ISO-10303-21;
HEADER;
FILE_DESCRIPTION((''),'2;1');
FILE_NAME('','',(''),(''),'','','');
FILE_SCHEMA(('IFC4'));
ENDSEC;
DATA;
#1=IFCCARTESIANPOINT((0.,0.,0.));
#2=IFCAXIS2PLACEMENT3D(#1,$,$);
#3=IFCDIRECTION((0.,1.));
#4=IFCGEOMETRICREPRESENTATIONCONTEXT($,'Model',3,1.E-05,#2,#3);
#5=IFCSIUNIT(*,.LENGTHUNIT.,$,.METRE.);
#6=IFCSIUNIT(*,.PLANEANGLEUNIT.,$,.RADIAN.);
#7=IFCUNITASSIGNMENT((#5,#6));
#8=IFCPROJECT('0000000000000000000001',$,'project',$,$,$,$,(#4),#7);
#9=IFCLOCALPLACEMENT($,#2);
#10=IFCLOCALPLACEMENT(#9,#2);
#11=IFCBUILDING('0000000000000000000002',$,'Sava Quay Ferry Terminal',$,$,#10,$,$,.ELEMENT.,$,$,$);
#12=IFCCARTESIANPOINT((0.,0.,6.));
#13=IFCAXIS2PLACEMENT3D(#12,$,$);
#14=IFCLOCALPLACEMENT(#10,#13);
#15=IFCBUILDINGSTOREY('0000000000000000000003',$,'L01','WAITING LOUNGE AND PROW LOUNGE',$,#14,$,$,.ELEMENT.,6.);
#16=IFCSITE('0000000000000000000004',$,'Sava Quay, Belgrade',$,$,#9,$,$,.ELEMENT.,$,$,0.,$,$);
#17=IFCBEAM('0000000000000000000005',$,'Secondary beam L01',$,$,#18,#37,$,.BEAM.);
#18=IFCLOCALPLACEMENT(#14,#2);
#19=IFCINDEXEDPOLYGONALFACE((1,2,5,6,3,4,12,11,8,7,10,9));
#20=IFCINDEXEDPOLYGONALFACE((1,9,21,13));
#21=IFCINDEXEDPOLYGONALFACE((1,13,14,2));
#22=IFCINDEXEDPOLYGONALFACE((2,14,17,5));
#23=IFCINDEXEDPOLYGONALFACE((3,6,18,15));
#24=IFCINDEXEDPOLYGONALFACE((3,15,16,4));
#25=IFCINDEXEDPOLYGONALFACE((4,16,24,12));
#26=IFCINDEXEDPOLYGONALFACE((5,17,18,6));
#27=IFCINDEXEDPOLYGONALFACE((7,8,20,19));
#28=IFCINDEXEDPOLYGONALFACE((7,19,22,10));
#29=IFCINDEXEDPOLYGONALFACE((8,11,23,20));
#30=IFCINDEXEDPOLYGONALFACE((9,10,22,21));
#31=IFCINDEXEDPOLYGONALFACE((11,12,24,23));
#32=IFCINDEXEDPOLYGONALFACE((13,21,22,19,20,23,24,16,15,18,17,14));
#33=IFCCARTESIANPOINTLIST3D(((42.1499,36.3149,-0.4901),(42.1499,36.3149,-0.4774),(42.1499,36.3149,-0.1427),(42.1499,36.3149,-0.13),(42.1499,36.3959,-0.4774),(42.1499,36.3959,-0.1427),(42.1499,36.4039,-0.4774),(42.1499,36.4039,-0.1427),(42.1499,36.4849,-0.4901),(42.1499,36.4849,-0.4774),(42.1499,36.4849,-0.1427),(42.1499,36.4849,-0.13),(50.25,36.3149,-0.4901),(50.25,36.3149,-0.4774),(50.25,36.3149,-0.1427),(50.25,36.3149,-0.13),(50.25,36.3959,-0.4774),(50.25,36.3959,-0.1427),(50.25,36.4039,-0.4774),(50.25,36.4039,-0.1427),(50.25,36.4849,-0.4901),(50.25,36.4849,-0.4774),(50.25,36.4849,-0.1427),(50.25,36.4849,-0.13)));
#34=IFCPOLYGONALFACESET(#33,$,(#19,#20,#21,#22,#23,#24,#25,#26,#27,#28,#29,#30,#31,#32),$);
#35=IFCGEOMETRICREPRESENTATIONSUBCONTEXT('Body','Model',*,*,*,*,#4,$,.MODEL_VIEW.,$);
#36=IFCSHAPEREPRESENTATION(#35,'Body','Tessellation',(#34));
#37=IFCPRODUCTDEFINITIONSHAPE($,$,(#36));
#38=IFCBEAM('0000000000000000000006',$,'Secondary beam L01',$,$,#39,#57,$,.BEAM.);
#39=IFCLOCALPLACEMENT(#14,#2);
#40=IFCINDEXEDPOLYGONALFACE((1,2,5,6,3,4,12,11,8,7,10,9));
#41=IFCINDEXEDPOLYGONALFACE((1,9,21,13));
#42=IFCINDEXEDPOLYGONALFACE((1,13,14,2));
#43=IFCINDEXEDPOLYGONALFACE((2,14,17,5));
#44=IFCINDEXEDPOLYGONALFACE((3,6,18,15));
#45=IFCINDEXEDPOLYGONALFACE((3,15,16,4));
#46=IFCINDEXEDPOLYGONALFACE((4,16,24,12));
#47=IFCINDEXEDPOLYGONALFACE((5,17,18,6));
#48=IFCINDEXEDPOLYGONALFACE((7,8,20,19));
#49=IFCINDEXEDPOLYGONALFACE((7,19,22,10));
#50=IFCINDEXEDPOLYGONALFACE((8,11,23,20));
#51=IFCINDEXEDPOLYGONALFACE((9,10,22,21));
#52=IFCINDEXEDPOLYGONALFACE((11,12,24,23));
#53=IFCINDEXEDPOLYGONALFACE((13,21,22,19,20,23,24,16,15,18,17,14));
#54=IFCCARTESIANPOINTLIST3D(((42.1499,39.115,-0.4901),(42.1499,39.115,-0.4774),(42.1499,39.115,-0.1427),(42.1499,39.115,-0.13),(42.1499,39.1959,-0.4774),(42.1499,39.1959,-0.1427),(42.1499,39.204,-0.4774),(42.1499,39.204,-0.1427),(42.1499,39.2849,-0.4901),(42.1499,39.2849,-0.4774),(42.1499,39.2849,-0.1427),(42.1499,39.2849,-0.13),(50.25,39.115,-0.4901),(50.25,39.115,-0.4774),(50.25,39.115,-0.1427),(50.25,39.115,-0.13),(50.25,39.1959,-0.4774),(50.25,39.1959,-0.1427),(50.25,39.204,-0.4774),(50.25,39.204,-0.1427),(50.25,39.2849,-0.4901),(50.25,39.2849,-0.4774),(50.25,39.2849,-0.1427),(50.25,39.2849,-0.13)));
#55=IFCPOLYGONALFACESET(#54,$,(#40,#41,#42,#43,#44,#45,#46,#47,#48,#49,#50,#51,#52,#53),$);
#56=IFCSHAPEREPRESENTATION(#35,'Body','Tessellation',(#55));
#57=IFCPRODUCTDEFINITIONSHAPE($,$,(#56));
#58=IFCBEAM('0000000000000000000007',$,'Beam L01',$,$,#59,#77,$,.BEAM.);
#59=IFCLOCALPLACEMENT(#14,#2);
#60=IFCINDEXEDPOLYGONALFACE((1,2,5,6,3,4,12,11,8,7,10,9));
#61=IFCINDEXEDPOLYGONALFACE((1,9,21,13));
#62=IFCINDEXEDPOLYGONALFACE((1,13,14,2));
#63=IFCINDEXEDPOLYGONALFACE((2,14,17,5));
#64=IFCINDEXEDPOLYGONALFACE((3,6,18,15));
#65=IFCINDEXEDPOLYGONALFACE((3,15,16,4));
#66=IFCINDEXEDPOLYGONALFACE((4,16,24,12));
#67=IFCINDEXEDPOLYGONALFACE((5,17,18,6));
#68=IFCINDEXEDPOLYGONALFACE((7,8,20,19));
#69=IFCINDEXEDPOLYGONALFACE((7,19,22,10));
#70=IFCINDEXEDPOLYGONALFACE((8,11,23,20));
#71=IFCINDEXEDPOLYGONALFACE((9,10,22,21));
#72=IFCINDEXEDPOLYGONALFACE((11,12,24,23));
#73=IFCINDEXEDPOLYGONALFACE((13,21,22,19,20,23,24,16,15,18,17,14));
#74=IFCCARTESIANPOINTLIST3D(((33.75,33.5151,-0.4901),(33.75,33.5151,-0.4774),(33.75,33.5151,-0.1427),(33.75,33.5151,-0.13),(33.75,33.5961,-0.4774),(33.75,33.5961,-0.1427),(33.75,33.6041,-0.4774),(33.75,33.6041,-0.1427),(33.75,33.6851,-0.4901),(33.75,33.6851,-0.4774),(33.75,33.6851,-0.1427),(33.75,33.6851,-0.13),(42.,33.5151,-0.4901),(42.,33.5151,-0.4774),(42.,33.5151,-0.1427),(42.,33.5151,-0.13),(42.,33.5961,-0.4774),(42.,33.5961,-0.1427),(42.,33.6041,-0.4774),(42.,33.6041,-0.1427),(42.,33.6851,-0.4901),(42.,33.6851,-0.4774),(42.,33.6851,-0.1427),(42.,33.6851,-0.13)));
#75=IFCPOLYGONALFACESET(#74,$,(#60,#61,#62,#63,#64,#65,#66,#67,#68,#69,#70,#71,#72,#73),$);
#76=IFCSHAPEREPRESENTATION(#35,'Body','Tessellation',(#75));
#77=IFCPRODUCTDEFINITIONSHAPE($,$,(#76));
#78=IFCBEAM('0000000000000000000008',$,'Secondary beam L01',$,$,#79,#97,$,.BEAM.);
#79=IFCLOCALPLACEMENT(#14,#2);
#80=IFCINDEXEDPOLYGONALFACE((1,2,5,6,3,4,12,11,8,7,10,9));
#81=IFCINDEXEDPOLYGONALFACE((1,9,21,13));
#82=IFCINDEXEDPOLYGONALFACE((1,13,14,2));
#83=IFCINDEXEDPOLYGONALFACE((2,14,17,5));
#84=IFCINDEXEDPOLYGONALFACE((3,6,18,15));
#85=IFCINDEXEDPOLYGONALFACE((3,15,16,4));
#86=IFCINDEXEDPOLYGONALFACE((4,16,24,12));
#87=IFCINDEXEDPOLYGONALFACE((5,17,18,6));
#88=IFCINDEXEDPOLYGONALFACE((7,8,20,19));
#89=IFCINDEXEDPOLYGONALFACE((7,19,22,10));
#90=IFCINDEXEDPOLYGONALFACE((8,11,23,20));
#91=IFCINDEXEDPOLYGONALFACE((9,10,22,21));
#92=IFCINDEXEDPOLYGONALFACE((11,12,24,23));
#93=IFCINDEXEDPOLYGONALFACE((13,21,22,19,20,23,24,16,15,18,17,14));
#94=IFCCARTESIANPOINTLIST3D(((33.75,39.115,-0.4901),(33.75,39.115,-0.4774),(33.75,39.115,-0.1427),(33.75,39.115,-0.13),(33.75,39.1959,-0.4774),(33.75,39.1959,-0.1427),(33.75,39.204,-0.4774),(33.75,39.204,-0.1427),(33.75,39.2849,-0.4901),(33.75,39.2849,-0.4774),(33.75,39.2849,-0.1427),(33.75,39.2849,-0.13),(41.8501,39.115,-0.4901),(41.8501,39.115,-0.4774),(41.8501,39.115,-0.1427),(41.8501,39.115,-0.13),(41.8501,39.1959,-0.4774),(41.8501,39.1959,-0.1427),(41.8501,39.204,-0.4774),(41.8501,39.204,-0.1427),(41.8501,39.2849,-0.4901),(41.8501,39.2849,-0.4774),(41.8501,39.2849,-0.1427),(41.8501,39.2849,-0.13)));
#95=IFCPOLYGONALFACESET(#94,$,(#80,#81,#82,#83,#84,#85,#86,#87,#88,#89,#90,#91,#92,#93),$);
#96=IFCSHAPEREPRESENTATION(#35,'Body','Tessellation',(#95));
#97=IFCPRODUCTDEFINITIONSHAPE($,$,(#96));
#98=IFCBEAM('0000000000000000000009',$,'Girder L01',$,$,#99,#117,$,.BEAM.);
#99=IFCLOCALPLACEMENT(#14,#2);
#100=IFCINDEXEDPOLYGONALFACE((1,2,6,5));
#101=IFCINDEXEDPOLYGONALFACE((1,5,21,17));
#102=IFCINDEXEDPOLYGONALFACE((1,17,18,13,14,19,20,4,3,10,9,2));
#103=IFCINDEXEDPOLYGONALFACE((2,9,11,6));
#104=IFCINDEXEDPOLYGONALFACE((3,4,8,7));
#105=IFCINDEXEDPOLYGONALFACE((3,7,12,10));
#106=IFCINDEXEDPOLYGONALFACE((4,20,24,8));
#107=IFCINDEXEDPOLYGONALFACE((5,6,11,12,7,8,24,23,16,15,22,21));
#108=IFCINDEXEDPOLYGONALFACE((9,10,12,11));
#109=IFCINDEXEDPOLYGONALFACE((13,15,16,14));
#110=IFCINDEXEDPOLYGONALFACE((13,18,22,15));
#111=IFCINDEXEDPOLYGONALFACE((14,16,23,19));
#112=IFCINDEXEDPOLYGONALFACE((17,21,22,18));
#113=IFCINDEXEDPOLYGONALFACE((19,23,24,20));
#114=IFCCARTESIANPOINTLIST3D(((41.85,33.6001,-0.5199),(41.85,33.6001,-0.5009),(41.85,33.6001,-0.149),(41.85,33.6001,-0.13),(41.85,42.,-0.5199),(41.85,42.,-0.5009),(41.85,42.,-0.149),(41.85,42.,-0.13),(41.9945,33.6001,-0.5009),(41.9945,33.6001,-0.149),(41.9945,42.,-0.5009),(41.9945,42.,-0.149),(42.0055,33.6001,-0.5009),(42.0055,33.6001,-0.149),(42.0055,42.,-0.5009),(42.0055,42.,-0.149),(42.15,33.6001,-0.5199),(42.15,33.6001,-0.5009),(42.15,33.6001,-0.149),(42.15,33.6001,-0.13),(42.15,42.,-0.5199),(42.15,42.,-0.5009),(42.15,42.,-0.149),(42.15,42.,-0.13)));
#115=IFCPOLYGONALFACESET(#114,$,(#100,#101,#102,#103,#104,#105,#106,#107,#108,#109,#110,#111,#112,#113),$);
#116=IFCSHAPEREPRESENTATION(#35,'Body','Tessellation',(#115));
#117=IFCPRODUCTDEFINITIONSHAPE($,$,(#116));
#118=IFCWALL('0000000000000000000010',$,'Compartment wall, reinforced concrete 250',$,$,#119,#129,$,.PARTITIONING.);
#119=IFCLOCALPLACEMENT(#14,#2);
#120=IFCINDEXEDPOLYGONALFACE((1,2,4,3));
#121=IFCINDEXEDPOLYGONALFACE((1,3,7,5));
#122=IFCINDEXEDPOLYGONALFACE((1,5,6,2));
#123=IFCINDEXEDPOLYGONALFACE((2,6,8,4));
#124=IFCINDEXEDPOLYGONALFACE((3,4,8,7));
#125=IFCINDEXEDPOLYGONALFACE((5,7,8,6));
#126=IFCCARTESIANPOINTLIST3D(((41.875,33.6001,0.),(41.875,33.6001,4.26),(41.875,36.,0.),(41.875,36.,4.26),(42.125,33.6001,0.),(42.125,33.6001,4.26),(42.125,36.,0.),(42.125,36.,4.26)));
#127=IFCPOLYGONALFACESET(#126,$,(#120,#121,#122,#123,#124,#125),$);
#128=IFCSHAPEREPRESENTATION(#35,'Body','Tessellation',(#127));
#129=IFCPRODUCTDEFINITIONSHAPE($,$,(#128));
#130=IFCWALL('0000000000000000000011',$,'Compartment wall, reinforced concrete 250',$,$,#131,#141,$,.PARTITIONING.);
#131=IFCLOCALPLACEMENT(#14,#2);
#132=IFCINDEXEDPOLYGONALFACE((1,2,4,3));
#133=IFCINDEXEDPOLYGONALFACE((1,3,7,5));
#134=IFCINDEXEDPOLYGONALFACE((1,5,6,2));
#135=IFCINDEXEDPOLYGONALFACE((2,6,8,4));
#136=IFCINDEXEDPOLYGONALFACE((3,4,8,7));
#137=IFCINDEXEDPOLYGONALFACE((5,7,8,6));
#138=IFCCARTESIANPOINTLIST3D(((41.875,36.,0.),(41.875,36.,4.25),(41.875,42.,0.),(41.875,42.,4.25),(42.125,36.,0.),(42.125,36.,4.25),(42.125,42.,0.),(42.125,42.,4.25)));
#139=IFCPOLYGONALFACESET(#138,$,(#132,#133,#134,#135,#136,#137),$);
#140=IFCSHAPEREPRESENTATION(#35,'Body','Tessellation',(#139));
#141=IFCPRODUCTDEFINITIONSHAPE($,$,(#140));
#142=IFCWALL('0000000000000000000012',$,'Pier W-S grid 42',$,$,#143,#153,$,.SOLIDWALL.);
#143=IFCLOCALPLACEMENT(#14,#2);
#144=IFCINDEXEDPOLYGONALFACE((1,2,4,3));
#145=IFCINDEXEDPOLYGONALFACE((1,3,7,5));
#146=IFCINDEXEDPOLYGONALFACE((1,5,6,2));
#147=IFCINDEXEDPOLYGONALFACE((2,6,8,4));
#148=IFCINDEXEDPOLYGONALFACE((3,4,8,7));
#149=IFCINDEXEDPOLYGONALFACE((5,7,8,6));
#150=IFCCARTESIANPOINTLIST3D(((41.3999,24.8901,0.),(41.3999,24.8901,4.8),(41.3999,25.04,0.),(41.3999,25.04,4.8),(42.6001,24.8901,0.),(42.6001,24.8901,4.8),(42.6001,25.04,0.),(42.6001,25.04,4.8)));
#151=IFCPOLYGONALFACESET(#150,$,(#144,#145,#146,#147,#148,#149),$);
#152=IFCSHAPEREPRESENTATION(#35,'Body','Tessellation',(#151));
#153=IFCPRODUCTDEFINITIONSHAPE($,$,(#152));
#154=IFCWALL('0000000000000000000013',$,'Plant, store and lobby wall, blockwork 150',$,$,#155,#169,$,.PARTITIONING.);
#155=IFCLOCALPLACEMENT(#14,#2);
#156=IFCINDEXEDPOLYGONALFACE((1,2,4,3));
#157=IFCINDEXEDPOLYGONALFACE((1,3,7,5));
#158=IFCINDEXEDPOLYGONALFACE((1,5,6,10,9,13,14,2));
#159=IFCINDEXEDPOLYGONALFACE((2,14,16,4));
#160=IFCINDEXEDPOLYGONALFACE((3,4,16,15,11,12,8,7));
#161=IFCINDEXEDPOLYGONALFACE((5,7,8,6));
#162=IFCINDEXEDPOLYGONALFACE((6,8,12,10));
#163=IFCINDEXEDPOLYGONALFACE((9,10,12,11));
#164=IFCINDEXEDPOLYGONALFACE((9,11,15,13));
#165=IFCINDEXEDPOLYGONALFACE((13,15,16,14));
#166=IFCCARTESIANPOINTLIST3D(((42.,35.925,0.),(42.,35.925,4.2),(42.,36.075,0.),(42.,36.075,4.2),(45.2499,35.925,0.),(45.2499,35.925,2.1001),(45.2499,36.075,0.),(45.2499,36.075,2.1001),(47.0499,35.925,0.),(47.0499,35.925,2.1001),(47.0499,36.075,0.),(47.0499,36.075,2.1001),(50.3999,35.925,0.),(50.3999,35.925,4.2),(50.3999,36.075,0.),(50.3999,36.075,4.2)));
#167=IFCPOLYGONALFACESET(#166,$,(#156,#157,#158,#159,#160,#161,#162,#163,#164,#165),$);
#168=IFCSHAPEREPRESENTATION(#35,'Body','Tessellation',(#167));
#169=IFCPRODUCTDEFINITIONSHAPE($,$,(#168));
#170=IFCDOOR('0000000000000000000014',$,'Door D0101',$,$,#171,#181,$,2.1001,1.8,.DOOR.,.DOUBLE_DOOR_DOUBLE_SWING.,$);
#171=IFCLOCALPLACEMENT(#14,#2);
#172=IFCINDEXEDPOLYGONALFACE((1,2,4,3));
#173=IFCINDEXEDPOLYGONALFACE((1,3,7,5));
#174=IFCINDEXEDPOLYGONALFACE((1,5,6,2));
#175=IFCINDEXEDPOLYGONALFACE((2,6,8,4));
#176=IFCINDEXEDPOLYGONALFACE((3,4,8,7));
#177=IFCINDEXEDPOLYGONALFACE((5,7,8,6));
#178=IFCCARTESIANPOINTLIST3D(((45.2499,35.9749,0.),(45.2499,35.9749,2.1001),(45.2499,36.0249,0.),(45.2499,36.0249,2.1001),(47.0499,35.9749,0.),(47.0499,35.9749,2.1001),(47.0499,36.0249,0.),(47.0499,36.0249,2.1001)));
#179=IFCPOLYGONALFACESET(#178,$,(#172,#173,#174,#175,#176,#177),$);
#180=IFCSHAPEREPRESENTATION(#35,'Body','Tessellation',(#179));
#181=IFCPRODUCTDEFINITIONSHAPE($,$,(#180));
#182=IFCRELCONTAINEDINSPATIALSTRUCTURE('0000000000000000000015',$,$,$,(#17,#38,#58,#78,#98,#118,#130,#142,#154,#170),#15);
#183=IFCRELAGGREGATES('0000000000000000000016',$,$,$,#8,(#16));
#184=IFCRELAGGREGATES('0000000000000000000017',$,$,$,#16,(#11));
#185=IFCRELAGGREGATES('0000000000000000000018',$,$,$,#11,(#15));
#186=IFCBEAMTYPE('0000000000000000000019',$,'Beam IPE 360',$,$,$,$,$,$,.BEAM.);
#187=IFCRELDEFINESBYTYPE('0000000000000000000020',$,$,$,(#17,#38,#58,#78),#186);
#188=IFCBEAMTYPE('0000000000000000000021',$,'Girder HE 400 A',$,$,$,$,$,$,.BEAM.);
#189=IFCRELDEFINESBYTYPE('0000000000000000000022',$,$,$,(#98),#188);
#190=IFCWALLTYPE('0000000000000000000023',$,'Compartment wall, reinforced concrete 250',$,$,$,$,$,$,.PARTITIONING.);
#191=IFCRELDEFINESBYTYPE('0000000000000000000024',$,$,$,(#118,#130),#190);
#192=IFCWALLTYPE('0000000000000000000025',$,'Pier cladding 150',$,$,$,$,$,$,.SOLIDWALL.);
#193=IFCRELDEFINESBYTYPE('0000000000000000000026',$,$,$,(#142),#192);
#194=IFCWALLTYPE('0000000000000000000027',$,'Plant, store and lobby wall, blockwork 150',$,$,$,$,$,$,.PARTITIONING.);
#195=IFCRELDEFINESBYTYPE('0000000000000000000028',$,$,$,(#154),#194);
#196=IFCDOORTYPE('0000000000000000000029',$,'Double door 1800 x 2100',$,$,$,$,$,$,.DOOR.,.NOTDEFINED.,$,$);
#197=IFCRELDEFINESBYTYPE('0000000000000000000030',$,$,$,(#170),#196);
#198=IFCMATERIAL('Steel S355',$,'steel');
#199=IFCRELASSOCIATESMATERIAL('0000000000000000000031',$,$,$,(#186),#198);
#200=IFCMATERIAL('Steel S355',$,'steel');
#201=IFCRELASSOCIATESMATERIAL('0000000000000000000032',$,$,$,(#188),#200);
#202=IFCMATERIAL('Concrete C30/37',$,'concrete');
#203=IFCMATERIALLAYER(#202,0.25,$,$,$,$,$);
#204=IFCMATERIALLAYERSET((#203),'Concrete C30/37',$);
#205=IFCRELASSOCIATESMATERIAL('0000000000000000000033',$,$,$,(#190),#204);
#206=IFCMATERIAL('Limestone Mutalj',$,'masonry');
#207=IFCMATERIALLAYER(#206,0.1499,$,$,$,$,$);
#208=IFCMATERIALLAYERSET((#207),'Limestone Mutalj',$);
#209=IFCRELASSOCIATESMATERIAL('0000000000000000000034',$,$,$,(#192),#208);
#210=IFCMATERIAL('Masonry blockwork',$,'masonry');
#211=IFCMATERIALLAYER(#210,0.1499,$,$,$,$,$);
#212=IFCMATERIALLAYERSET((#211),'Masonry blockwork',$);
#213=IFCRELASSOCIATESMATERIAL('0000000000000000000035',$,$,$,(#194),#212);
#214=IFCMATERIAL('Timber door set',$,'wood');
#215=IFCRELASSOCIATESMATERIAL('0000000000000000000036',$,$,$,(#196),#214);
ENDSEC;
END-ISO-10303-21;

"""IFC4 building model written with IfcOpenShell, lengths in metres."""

from ifc_helpers import new_model, si_unit, direction, frame, frame_2d, origin, origin_2d, place, context, subcontext, project, spatial, rectangle, i_section, extrude, material, layer, layer_set, material_profile, profile_set, type_object, element, fill, save


model = new_model("IFC4")

# Units and contexts
model_context = context("Model", 3, precision=1e-05, world=origin(), true_north=direction((0.0, 1.0)))
body_context = subcontext(model_context, "Body", "Model", "MODEL_VIEW")
ifc_project = project(units=[si_unit("LENGTHUNIT", "METRE"), si_unit("PLANEANGLEUNIT", "RADIAN")], contexts=[model_context])

# Site, building, storey
site_placement = place(None, origin())
site = spatial("IfcSite", under=ifc_project, at=site_placement, Name="Sava Quay, Belgrade", CompositionType="ELEMENT", RefElevation=0.0)
building_placement = place(site_placement, origin())
building = spatial("IfcBuilding", under=site, at=building_placement, Name="Sava Quay Ferry Terminal", CompositionType="ELEMENT")
storey_placement = place(building_placement, frame((0.0, 0.0, 6.0)))
storey = spatial("IfcBuildingStorey", under=building, at=storey_placement, Name="L01", Description="WAITING LOUNGE AND PROW LOUNGE", CompositionType="ELEMENT", Elevation=6.0)

# Beams
ifc_material_1 = material(Name="Steel S355", Category="steel")
ifc_material_profile_1 = material_profile(ifc_material_1, i_section(OverallWidth=0.1699, OverallDepth=0.3601, WebThickness=0.0081, FlangeThickness=0.0127, at=origin_2d()), Name="IPE 360")
ifc_profile_set_1 = profile_set([ifc_material_profile_1], Name="Steel S355")
beam_type_1 = type_object("IfcBeamType", Name="Beam IPE 360", PredefinedType="BEAM", material=ifc_profile_set_1)
for number, where, z_axis, x_axis, name in (
    (1, (42.1499, 36.3999, -0.3101), (1.0, 0.0, 0.0), (0.0, 1.0, 0.0), "Secondary beam L01"),
    (2, (42.1499, 39.2, -0.3101), (1.0, 0.0, 0.0), (0.0, 1.0, 0.0), "Secondary beam L01"),
):
    element("IfcBeam", number, at=place(storey_placement, frame(where, z_axis=z_axis, x_axis=x_axis)), inside=storey, type_object=beam_type_1, Name=name, PredefinedType="BEAM", context=body_context, shape_type="SweptSolid", body=[
        extrude(i_section(OverallWidth=0.1699, OverallDepth=0.3601, WebThickness=0.0081, FlangeThickness=0.0127, at=origin_2d()), origin(), (0.0, 0.0, 1.0), 8.1001),
    ])
beam_1_placement = place(storey_placement, frame((33.75, 33.6001, -0.3101), z_axis=(1.0, 0.0, 0.0), x_axis=(0.0, 1.0, 0.0)))
element("IfcBeam", 3, at=beam_1_placement, inside=storey, type_object=beam_type_1, Name="Beam L01", PredefinedType="BEAM", context=body_context, shape_type="SweptSolid", body=[
    extrude(i_section(OverallWidth=0.1699, OverallDepth=0.3601, WebThickness=0.0081, FlangeThickness=0.0127, at=origin_2d()), origin(), (0.0, 0.0, 1.0), 8.25),
])
beam_2_placement = place(storey_placement, frame((33.75, 39.2, -0.3101), z_axis=(1.0, 0.0, 0.0), x_axis=(0.0, 1.0, 0.0)))
element("IfcBeam", 4, at=beam_2_placement, inside=storey, type_object=beam_type_1, Name="Secondary beam L01", PredefinedType="BEAM", context=body_context, shape_type="SweptSolid", body=[
    extrude(i_section(OverallWidth=0.1699, OverallDepth=0.3601, WebThickness=0.0081, FlangeThickness=0.0127, at=origin_2d()), origin(), (0.0, 0.0, 1.0), 8.1001),
])
ifc_material_2 = material(Name="Steel S355", Category="steel")
ifc_material_profile_2 = material_profile(ifc_material_2, i_section(OverallWidth=0.3, OverallDepth=0.3899, WebThickness=0.011, FlangeThickness=0.019, at=origin_2d()), Name="HE 400 A")
ifc_profile_set_2 = profile_set([ifc_material_profile_2], Name="Steel S355")
beam_type_2 = type_object("IfcBeamType", Name="Girder HE 400 A", PredefinedType="BEAM", material=ifc_profile_set_2)
beam_3_placement = place(storey_placement, frame((42.0, 33.6001, -0.325), z_axis=(0.0, 1.0, 0.0), x_axis=(-1.0, 0.0, 0.0)))
element("IfcBeam", 5, at=beam_3_placement, inside=storey, type_object=beam_type_2, Name="Girder L01", PredefinedType="BEAM", context=body_context, shape_type="SweptSolid", body=[
    extrude(i_section(OverallWidth=0.3, OverallDepth=0.3899, WebThickness=0.011, FlangeThickness=0.019, at=origin_2d()), origin(), (0.0, 0.0, 1.0), 8.3999),
])

# Walls
ifc_material_3 = material(Name="Concrete C30/37", Category="concrete")
ifc_layer_1 = layer(ifc_material_3, 0.25)
ifc_layer_set_1 = layer_set([ifc_layer_1], Name="Concrete C30/37")
wall_type_1 = type_object("IfcWallType", Name="Compartment wall, reinforced concrete 250", PredefinedType="PARTITIONING", material=ifc_layer_set_1)
wall_1_placement = place(storey_placement, frame((42.0, 33.6001, 0.0), z_axis=(0.0, 0.0, 1.0), x_axis=(0.0, 1.0, 0.0)))
element("IfcWall", 6, at=wall_1_placement, inside=storey, type_object=wall_type_1, Name="Compartment wall, reinforced concrete 250", PredefinedType="PARTITIONING", context=body_context, shape_type="SweptSolid", body=[
    extrude(rectangle(XDim=2.3999, YDim=0.25, at=frame_2d((1.2, 0.0))), origin(), (0.0, 0.0, 1.0), 4.26),
])
wall_2_placement = place(storey_placement, frame((42.0, 36.0, 0.0), z_axis=(0.0, 0.0, 1.0), x_axis=(0.0, 1.0, 0.0)))
element("IfcWall", 7, at=wall_2_placement, inside=storey, type_object=wall_type_1, Name="Compartment wall, reinforced concrete 250", PredefinedType="PARTITIONING", context=body_context, shape_type="SweptSolid", body=[
    extrude(rectangle(XDim=6.0, YDim=0.25, at=frame_2d((3.0, 0.0))), origin(), (0.0, 0.0, 1.0), 4.25),
])
ifc_material_4 = material(Name="Limestone Mutalj", Category="masonry")
ifc_layer_2 = layer(ifc_material_4, 0.1499)
ifc_layer_set_2 = layer_set([ifc_layer_2], Name="Limestone Mutalj")
wall_type_2 = type_object("IfcWallType", Name="Pier cladding 150", PredefinedType="SOLIDWALL", material=ifc_layer_set_2)
wall_3_placement = place(storey_placement, frame((41.3999, 24.9651, 0.0), z_axis=(0.0, 0.0, 1.0), x_axis=(1.0, 0.0, 0.0)))
element("IfcWall", 8, at=wall_3_placement, inside=storey, type_object=wall_type_2, Name="Pier W-S grid 42", PredefinedType="SOLIDWALL", context=body_context, shape_type="SweptSolid", body=[
    extrude(rectangle(XDim=1.2002, YDim=0.1499, at=frame_2d((0.6001, 0.0))), origin(), (0.0, 0.0, 1.0), 4.8),
])

# Wall, opening, door
ifc_material_5 = material(Name="Masonry blockwork", Category="masonry")
ifc_layer_3 = layer(ifc_material_5, 0.1499)
ifc_layer_set_3 = layer_set([ifc_layer_3], Name="Masonry blockwork")
wall_type_3 = type_object("IfcWallType", Name="Plant, store and lobby wall, blockwork 150", PredefinedType="PARTITIONING", material=ifc_layer_set_3)
wall_4_placement = place(storey_placement, frame((42.0, 36.0, 0.0), z_axis=(0.0, 0.0, 1.0), x_axis=(1.0, 0.0, 0.0)))
wall_4 = element("IfcWall", 9, at=wall_4_placement, inside=storey, type_object=wall_type_3, Name="Plant, store and lobby wall, blockwork 150", PredefinedType="PARTITIONING", context=body_context, shape_type="SweptSolid", body=[
    extrude(rectangle(XDim=8.3999, YDim=0.1499, at=frame_2d((4.2, 0.0))), origin(), (0.0, 0.0, 1.0), 4.2),
])
opening_1_placement = place(wall_4_placement, frame((3.25, 0.0, 0.0)))
opening_1 = element("IfcOpeningElement", 10, at=opening_1_placement, cuts=wall_4, PredefinedType="OPENING", context=body_context, shape_type="SweptSolid", body=[
    extrude(rectangle(XDim=1.8, YDim=2.1001, at=frame_2d((0.8999, 1.05))), frame((0.0, 0.075, 0.0), z_axis=(0.0, -1.0, 0.0), x_axis=(1.0, 0.0, 0.0)), (0.0, 0.0, 1.0), 0.1499),
])
ifc_material_6 = material(Name="Timber door set", Category="wood")
door_type_1 = type_object("IfcDoorType", Name="Double door 1800 x 2100", OperationType="NOTDEFINED", PredefinedType="DOOR", material=ifc_material_6)
door_1_placement = place(opening_1_placement, origin())
door_1 = element("IfcDoor", 11, at=door_1_placement, inside=storey, type_object=door_type_1, Name="Door D0101", OperationType="DOUBLE_DOOR_DOUBLE_SWING", OverallHeight=2.1001, OverallWidth=1.8, PredefinedType="DOOR", context=body_context, shape_type="SweptSolid", body=[
    extrude(rectangle(XDim=1.8, YDim=2.1001, at=frame_2d((0.8999, 1.05))), frame((0.0, 0.0249, 0.0), z_axis=(0.0, -1.0, 0.0), x_axis=(1.0, 0.0, 0.0)), (0.0, 0.0, 1.0), 0.05),
])
fill(opening_1, door_1)

save(model, "model.ifc")
